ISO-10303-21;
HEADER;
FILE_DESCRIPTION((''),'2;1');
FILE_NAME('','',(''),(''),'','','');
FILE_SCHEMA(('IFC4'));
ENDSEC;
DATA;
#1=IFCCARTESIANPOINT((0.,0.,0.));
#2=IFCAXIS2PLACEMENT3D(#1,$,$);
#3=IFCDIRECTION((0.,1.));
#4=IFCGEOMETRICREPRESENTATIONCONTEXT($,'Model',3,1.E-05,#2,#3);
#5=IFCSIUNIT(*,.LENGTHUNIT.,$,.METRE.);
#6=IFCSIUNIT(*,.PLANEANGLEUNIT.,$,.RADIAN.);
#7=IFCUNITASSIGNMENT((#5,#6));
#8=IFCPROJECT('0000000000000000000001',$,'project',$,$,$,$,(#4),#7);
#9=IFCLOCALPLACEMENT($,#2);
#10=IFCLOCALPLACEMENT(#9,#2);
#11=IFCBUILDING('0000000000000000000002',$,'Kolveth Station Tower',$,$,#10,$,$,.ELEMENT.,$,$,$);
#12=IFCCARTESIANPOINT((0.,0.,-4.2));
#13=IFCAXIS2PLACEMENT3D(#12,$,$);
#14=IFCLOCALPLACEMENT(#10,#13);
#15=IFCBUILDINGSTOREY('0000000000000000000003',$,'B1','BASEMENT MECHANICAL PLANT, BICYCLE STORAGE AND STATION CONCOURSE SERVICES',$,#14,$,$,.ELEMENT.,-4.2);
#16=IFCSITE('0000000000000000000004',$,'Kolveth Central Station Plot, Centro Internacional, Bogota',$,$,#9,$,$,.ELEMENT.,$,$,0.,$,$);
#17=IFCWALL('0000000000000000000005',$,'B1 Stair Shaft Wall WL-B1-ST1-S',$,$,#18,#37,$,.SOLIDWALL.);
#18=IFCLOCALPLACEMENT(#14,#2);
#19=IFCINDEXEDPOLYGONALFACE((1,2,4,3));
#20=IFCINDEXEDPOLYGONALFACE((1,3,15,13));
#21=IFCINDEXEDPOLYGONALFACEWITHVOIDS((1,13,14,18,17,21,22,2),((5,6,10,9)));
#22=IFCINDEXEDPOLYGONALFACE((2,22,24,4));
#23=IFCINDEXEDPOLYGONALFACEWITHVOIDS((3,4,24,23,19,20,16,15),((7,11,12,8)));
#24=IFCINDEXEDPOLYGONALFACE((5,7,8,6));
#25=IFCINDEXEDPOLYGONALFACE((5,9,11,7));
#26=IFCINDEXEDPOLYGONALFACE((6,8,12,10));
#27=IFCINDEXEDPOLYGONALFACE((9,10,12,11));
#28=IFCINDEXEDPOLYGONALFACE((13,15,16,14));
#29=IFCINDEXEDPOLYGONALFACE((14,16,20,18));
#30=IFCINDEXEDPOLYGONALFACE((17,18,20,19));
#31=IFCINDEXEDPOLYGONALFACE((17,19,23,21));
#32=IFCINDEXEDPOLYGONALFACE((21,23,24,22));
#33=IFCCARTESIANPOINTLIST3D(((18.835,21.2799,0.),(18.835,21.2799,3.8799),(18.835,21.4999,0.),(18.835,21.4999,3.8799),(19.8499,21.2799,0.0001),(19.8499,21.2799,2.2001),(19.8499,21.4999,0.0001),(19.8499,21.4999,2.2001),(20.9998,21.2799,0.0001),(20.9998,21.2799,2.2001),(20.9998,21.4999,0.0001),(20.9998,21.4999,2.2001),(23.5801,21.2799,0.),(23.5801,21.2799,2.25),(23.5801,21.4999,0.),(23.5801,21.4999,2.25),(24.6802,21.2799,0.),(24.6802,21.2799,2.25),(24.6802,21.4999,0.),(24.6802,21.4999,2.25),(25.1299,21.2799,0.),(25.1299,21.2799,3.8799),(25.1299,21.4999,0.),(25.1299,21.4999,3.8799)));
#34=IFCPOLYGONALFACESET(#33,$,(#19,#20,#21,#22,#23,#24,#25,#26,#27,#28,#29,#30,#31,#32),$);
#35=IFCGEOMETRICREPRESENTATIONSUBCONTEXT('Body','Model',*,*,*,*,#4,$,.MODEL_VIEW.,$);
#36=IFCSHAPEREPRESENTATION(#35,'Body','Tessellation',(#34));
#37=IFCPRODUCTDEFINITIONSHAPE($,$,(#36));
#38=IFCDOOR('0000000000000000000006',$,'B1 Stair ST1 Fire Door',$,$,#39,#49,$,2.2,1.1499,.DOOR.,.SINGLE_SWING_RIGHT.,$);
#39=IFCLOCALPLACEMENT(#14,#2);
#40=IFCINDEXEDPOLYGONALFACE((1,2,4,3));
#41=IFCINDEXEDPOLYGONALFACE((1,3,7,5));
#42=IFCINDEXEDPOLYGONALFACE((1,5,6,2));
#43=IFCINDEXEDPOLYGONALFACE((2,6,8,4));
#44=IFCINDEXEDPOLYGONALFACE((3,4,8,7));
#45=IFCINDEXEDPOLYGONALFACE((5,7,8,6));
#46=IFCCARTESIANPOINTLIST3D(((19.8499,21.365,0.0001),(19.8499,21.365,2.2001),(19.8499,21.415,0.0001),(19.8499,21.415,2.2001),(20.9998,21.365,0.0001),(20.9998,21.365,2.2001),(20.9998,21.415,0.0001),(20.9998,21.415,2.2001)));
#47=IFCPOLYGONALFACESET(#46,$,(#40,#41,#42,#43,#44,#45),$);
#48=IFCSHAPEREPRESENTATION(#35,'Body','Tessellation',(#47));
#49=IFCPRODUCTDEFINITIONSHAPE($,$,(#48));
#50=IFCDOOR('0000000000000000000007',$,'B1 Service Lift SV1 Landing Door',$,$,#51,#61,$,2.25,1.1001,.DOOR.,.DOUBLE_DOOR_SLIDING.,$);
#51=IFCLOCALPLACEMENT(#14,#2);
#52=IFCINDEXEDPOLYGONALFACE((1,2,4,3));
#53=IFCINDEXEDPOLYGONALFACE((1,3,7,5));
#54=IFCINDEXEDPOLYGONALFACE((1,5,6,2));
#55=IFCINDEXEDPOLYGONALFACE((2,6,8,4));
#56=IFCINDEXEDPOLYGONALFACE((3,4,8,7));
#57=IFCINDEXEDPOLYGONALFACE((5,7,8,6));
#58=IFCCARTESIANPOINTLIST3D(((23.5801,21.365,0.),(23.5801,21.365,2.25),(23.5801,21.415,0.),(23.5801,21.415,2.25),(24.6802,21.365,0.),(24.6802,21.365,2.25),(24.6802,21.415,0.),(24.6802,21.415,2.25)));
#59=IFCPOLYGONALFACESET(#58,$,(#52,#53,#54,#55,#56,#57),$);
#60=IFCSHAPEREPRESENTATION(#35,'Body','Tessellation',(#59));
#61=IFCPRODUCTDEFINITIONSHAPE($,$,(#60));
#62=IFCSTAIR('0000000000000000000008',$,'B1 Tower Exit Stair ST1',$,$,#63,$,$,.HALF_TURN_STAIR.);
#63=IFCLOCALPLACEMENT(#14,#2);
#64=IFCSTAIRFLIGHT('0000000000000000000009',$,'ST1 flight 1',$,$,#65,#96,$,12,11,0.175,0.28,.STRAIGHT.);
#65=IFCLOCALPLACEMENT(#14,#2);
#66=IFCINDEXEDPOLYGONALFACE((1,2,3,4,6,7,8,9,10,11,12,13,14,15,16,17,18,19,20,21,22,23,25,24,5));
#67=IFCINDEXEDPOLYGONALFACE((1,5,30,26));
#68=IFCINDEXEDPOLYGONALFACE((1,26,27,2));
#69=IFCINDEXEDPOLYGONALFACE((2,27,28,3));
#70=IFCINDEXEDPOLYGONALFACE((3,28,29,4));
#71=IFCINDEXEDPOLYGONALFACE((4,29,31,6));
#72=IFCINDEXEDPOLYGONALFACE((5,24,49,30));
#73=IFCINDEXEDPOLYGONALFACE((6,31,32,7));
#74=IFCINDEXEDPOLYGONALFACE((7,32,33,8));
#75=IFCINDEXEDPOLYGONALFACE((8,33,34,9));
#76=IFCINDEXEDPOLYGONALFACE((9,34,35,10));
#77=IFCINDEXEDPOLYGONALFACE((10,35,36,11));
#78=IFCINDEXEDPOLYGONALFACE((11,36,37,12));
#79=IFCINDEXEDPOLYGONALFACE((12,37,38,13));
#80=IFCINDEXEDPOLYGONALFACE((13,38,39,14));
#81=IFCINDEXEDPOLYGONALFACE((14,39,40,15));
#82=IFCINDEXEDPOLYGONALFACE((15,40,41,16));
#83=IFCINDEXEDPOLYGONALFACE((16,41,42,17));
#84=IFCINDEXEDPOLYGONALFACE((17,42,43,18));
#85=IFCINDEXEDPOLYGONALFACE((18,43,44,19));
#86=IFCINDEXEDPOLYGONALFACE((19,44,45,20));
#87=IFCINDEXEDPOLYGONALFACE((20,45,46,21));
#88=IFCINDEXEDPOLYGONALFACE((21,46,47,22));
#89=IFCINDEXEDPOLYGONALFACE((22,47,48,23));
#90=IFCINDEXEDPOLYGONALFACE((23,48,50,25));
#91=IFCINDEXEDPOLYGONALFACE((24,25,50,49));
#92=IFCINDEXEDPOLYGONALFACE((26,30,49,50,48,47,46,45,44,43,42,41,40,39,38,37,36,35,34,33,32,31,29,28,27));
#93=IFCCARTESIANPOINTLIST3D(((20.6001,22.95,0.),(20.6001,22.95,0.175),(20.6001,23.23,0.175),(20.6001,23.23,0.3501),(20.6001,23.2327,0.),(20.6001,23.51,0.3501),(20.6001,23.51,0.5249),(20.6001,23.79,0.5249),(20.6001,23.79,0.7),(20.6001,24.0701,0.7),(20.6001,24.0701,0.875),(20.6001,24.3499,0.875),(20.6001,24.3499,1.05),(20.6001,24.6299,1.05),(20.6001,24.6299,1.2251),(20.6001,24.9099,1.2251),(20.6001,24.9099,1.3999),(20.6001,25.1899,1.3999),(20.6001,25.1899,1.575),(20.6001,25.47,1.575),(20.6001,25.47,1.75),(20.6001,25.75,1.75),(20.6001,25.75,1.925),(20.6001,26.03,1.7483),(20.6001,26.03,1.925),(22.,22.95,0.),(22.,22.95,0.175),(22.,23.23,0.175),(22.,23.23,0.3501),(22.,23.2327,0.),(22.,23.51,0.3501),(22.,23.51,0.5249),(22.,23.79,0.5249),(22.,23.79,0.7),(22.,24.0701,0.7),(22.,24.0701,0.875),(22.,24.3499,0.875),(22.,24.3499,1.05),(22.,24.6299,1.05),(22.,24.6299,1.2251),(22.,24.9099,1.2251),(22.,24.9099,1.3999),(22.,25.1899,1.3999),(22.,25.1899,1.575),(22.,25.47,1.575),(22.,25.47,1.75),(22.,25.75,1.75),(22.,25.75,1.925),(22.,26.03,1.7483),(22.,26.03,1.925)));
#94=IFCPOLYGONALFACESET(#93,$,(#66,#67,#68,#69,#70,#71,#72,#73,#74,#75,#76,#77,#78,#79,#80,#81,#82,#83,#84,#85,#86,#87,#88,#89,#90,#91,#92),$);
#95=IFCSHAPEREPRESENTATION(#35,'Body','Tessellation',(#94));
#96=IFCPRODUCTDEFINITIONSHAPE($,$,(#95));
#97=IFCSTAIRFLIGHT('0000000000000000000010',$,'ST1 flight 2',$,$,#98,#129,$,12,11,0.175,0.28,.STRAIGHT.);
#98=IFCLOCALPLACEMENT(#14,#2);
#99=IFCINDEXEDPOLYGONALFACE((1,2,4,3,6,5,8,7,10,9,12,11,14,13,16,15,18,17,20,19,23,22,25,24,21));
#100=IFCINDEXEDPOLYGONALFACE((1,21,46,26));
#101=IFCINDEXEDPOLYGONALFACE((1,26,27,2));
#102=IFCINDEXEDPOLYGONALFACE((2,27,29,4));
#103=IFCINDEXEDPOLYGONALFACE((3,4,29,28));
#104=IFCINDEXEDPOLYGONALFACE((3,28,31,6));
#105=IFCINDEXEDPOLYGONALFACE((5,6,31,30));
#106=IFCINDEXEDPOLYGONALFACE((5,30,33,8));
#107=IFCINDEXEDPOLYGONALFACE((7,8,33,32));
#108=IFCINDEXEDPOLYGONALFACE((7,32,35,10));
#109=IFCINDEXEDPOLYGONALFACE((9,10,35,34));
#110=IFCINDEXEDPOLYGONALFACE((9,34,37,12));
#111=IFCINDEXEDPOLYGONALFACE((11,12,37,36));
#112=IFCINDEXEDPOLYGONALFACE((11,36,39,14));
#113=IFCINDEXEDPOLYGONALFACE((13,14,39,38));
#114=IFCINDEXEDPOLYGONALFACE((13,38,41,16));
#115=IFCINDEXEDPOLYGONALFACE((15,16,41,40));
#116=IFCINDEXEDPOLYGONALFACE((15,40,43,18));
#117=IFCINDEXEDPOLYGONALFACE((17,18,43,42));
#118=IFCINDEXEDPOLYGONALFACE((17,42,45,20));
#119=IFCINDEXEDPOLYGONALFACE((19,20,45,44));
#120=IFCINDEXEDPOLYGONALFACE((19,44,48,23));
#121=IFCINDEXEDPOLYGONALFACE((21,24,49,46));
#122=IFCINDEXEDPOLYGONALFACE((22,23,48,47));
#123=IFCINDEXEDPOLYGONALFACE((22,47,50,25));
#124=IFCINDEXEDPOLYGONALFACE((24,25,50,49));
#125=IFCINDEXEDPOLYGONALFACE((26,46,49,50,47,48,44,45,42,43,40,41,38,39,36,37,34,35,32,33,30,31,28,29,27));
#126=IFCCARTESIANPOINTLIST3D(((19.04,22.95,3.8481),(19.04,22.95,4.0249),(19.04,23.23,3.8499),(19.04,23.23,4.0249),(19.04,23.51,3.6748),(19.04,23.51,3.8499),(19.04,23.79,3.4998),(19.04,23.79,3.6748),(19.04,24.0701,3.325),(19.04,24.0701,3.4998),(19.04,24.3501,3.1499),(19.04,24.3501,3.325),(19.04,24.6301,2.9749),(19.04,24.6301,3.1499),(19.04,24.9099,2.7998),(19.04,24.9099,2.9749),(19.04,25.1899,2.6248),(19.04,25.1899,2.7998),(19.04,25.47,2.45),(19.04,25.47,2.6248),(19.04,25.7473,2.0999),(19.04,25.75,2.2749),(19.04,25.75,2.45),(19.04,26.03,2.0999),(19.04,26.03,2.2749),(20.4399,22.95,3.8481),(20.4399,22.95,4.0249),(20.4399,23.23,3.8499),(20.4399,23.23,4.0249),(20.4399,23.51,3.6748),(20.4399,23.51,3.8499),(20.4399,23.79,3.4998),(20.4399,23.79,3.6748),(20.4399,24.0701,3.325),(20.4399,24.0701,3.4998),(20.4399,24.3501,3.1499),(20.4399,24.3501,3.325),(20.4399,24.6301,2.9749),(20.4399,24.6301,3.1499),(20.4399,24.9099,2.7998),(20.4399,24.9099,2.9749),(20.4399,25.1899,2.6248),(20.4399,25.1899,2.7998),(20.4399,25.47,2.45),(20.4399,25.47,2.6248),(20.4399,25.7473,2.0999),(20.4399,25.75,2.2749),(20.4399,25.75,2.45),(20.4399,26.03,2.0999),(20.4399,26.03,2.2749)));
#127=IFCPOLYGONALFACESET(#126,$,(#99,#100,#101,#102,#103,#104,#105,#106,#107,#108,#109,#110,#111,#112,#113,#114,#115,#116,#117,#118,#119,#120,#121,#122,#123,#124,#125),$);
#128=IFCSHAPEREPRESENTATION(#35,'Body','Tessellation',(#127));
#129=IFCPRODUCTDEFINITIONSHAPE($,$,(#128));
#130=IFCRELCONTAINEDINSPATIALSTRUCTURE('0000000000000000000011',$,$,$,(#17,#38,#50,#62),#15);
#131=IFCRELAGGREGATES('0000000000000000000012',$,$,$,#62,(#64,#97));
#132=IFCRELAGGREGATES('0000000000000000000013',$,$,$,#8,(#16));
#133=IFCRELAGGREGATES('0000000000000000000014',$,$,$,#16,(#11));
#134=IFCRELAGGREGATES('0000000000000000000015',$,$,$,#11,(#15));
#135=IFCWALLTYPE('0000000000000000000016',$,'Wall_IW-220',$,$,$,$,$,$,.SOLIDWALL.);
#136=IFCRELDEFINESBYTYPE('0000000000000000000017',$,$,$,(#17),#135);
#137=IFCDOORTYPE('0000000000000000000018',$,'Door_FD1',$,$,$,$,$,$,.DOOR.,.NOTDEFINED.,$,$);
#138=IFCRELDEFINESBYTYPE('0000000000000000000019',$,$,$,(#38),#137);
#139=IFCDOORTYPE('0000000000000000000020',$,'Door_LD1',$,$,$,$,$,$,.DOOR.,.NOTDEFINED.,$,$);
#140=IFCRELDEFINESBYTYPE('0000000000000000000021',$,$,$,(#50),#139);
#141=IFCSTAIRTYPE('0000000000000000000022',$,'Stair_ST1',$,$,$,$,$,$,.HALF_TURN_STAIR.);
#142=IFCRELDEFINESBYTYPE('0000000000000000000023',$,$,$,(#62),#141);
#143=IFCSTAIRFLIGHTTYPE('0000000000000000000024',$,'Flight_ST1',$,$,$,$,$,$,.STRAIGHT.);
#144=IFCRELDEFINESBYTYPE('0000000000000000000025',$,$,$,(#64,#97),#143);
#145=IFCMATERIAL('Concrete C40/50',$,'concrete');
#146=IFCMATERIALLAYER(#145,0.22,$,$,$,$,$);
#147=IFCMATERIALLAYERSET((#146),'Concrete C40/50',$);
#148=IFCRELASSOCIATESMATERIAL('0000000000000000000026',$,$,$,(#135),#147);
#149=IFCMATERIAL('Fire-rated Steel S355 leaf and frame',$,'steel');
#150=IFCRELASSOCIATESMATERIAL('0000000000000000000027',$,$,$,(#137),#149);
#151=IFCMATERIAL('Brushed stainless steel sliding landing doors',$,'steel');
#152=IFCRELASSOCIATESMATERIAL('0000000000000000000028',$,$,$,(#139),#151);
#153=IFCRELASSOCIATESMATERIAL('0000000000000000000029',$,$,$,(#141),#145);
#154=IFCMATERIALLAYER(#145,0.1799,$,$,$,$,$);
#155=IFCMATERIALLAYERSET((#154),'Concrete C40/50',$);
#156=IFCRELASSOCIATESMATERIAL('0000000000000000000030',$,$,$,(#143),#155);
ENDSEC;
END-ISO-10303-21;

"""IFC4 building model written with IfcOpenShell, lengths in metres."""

from ifc_helpers import new_model, si_unit, direction, frame, frame_2d, origin, place, context, subcontext, project, spatial, polyline, rectangle, outline, extrude, material, layer, layer_set, type_object, element, fill, aggregate, save


model = new_model("IFC4")

# Units and contexts
model_context = context("Model", 3, precision=1e-05, world=origin(), true_north=direction((0.0, 1.0)))
body_context = subcontext(model_context, "Body", "Model", "MODEL_VIEW")
ifc_project = project(units=[si_unit("LENGTHUNIT", "METRE"), si_unit("PLANEANGLEUNIT", "RADIAN")], contexts=[model_context])

# Site, building, storey
site_placement = place(None, origin())
site = spatial("IfcSite", under=ifc_project, at=site_placement, Name="Kolveth Central Station Plot, Centro Internacional, Bogota", CompositionType="ELEMENT", RefElevation=0.0)
building_placement = place(site_placement, origin())
building = spatial("IfcBuilding", under=site, at=building_placement, Name="Kolveth Station Tower", CompositionType="ELEMENT")
storey_placement = place(building_placement, frame((0.0, 0.0, -4.2)))
storey = spatial("IfcBuildingStorey", under=building, at=storey_placement, Name="B1", Description="BASEMENT MECHANICAL PLANT, BICYCLE STORAGE AND STATION CONCOURSE SERVICES", CompositionType="ELEMENT", Elevation=-4.2)

# Shared definitions
ifc_material_1 = material(Name="Concrete C40/50", Category="concrete")
ifc_layer_1 = layer(ifc_material_1, 0.22)
ifc_layer_set_1 = layer_set([ifc_layer_1], Name="Concrete C40/50")
wall_type_1 = type_object("IfcWallType", Name="Wall_IW-220", PredefinedType="SOLIDWALL", material=ifc_layer_set_1)

# Wall, openings, doors
wall_1_placement = place(storey_placement, frame((18.835, 21.3899, 0.0), z_axis=(0.0, 0.0, 1.0), x_axis=(1.0, 0.0, 0.0)))
wall_1 = element("IfcWall", 1, at=wall_1_placement, inside=storey, type_object=wall_type_1, Name="B1 Stair Shaft Wall WL-B1-ST1-S", PredefinedType="SOLIDWALL", context=body_context, shape_type="SweptSolid", body=[
    extrude(rectangle(XDim=6.2949, YDim=0.22, at=frame_2d((3.1475, 0.0))), origin(), (0.0, 0.0, 1.0), 3.8799),
])
opening_1_placement = place(wall_1_placement, frame((1.0149, 0.0, 0.0)))
opening_1 = element("IfcOpeningElement", 2, at=opening_1_placement, cuts=wall_1, PredefinedType="OPENING", context=body_context, shape_type="SweptSolid", body=[
    extrude(rectangle(XDim=1.1499, YDim=2.2, at=frame_2d((0.575, 1.1001))), frame((0.0, 0.1199, 0.0), z_axis=(0.0, -1.0, 0.0), x_axis=(1.0, 0.0, 0.0)), (0.0, 0.0, 1.0), 0.24),
])
opening_2_placement = place(wall_1_placement, frame((4.7451, 0.0, 0.0)))
opening_2 = element("IfcOpeningElement", 3, at=opening_2_placement, cuts=wall_1, PredefinedType="OPENING", context=body_context, shape_type="SweptSolid", body=[
    extrude(rectangle(XDim=1.1001, YDim=2.25, at=frame_2d((0.55, 1.125))), frame((0.0, 0.1199, 0.0), z_axis=(0.0, -1.0, 0.0), x_axis=(1.0, 0.0, 0.0)), (0.0, 0.0, 1.0), 0.24),
])
ifc_material_2 = material(Name="Fire-rated Steel S355 leaf and frame", Category="steel")
door_type_1 = type_object("IfcDoorType", Name="Door_FD1", OperationType="NOTDEFINED", PredefinedType="DOOR", material=ifc_material_2)
door_1_placement = place(opening_1_placement, frame((1.1499, 0.0, 0.0), z_axis=(0.0, 0.0, 1.0), x_axis=(-1.0, 0.0, 0.0)))
door_1 = element("IfcDoor", 4, at=door_1_placement, inside=storey, type_object=door_type_1, Name="B1 Stair ST1 Fire Door", OperationType="SINGLE_SWING_RIGHT", OverallHeight=2.2, OverallWidth=1.1499, PredefinedType="DOOR", context=body_context, shape_type="SweptSolid", body=[
    extrude(rectangle(XDim=1.1499, YDim=2.2, at=frame_2d((0.575, 1.1001))), frame((0.0, 0.0249, 0.0), z_axis=(0.0, -1.0, 0.0), x_axis=(1.0, 0.0, 0.0)), (0.0, 0.0, 1.0), 0.05),
])
fill(opening_1, door_1)
ifc_material_3 = material(Name="Brushed stainless steel sliding landing doors", Category="steel")
door_type_2 = type_object("IfcDoorType", Name="Door_LD1", OperationType="NOTDEFINED", PredefinedType="DOOR", material=ifc_material_3)
door_2_placement = place(opening_2_placement, frame((1.1001, 0.0, 0.0), z_axis=(0.0, 0.0, 1.0), x_axis=(-1.0, 0.0, 0.0)))
door_2 = element("IfcDoor", 5, at=door_2_placement, inside=storey, type_object=door_type_2, Name="B1 Service Lift SV1 Landing Door", OperationType="DOUBLE_DOOR_SLIDING", OverallHeight=2.25, OverallWidth=1.1001, PredefinedType="DOOR", context=body_context, shape_type="SweptSolid", body=[
    extrude(rectangle(XDim=1.1001, YDim=2.25, at=frame_2d((0.55, 1.125))), frame((0.0, 0.0249, 0.0), z_axis=(0.0, -1.0, 0.0), x_axis=(1.0, 0.0, 0.0)), (0.0, 0.0, 1.0), 0.05),
])
fill(opening_2, door_2)

# Stair, stair flights
stair_type = type_object("IfcStairType", Name="Stair_ST1", PredefinedType="HALF_TURN_STAIR", material=ifc_material_1)
stair_placement = place(storey_placement, origin())
stair = element("IfcStair", 6, at=stair_placement, inside=storey, type_object=stair_type, Name="B1 Tower Exit Stair ST1", PredefinedType="HALF_TURN_STAIR")
ifc_layer_2 = layer(ifc_material_1, 0.1799)
ifc_layer_set_2 = layer_set([ifc_layer_2], Name="Concrete C40/50")
stair_flight_type = type_object("IfcStairFlightType", Name="Flight_ST1", PredefinedType="STRAIGHT", material=ifc_layer_set_2)
stair_flight_1_placement = place(storey_placement, frame((21.3, 22.95, 0.0), z_axis=(0.0, 0.0, 1.0), x_axis=(0.0, 1.0, 0.0)))
stair_flight_1 = element("IfcStairFlight", 7, at=stair_flight_1_placement, type_object=stair_flight_type, Name="ST1 flight 1", NumberOfRisers=12, NumberOfTreads=11, PredefinedType="STRAIGHT", RiserHeight=0.175, TreadLength=0.28, context=body_context, shape_type="SweptSolid", body=[
    extrude(outline(polyline([(0.0, 0.0), (0.0, 0.175), (0.28, 0.175), (0.28, 0.3501), (0.5601, 0.3501), (0.5601, 0.5249), (0.8401, 0.5249), (0.8401, 0.7), (1.1201, 0.7), (1.1201, 0.875), (1.3999, 0.875), (1.3999, 1.05), (1.6799, 1.05), (1.6799, 1.2251), (1.96, 1.2251), (1.96, 1.3999), (2.24, 1.3999), (2.24, 1.575), (2.52, 1.575), (2.52, 1.75), (2.8, 1.75), (2.8, 1.925), (3.0801, 1.925), (3.0801, 2.1001), (3.0801, 1.7483), (0.2827, 0.0), (0.0, 0.0)])), frame((0.0, 0.7, 0.0), z_axis=(0.0, -1.0, 0.0), x_axis=(1.0, 0.0, 0.0)), (0.0, 0.0, 1.0), 1.3999),
])
stair_flight_2_placement = place(storey_placement, frame((19.74, 26.03, 2.0999), z_axis=(0.0, 0.0, 1.0), x_axis=(0.0, -1.0, 0.0)))
stair_flight_2 = element("IfcStairFlight", 8, at=stair_flight_2_placement, type_object=stair_flight_type, Name="ST1 flight 2", NumberOfRisers=12, NumberOfTreads=11, PredefinedType="STRAIGHT", RiserHeight=0.175, TreadLength=0.28, context=body_context, shape_type="SweptSolid", body=[
    extrude(outline(polyline([(0.0, 0.0), (0.0, 0.175), (0.28, 0.175), (0.28, 0.3501), (0.5601, 0.3501), (0.5601, 0.5249), (0.8401, 0.5249), (0.8401, 0.7), (1.1201, 0.7), (1.1201, 0.875), (1.3999, 0.875), (1.3999, 1.05), (1.6799, 1.05), (1.6799, 1.2251), (1.96, 1.2251), (1.96, 1.3999), (2.24, 1.3999), (2.24, 1.575), (2.52, 1.575), (2.52, 1.75), (2.8, 1.75), (2.8, 1.925), (3.0801, 1.925), (3.0801, 2.1001), (3.0801, 1.7483), (0.2827, 0.0), (0.0, 0.0)])), frame((0.0, 0.7, 0.0), z_axis=(0.0, -1.0, 0.0), x_axis=(1.0, 0.0, 0.0)), (0.0, 0.0, 1.0), 1.3999),
])
aggregate(stair, [stair_flight_1, stair_flight_2])

save(model, "model.ifc")
